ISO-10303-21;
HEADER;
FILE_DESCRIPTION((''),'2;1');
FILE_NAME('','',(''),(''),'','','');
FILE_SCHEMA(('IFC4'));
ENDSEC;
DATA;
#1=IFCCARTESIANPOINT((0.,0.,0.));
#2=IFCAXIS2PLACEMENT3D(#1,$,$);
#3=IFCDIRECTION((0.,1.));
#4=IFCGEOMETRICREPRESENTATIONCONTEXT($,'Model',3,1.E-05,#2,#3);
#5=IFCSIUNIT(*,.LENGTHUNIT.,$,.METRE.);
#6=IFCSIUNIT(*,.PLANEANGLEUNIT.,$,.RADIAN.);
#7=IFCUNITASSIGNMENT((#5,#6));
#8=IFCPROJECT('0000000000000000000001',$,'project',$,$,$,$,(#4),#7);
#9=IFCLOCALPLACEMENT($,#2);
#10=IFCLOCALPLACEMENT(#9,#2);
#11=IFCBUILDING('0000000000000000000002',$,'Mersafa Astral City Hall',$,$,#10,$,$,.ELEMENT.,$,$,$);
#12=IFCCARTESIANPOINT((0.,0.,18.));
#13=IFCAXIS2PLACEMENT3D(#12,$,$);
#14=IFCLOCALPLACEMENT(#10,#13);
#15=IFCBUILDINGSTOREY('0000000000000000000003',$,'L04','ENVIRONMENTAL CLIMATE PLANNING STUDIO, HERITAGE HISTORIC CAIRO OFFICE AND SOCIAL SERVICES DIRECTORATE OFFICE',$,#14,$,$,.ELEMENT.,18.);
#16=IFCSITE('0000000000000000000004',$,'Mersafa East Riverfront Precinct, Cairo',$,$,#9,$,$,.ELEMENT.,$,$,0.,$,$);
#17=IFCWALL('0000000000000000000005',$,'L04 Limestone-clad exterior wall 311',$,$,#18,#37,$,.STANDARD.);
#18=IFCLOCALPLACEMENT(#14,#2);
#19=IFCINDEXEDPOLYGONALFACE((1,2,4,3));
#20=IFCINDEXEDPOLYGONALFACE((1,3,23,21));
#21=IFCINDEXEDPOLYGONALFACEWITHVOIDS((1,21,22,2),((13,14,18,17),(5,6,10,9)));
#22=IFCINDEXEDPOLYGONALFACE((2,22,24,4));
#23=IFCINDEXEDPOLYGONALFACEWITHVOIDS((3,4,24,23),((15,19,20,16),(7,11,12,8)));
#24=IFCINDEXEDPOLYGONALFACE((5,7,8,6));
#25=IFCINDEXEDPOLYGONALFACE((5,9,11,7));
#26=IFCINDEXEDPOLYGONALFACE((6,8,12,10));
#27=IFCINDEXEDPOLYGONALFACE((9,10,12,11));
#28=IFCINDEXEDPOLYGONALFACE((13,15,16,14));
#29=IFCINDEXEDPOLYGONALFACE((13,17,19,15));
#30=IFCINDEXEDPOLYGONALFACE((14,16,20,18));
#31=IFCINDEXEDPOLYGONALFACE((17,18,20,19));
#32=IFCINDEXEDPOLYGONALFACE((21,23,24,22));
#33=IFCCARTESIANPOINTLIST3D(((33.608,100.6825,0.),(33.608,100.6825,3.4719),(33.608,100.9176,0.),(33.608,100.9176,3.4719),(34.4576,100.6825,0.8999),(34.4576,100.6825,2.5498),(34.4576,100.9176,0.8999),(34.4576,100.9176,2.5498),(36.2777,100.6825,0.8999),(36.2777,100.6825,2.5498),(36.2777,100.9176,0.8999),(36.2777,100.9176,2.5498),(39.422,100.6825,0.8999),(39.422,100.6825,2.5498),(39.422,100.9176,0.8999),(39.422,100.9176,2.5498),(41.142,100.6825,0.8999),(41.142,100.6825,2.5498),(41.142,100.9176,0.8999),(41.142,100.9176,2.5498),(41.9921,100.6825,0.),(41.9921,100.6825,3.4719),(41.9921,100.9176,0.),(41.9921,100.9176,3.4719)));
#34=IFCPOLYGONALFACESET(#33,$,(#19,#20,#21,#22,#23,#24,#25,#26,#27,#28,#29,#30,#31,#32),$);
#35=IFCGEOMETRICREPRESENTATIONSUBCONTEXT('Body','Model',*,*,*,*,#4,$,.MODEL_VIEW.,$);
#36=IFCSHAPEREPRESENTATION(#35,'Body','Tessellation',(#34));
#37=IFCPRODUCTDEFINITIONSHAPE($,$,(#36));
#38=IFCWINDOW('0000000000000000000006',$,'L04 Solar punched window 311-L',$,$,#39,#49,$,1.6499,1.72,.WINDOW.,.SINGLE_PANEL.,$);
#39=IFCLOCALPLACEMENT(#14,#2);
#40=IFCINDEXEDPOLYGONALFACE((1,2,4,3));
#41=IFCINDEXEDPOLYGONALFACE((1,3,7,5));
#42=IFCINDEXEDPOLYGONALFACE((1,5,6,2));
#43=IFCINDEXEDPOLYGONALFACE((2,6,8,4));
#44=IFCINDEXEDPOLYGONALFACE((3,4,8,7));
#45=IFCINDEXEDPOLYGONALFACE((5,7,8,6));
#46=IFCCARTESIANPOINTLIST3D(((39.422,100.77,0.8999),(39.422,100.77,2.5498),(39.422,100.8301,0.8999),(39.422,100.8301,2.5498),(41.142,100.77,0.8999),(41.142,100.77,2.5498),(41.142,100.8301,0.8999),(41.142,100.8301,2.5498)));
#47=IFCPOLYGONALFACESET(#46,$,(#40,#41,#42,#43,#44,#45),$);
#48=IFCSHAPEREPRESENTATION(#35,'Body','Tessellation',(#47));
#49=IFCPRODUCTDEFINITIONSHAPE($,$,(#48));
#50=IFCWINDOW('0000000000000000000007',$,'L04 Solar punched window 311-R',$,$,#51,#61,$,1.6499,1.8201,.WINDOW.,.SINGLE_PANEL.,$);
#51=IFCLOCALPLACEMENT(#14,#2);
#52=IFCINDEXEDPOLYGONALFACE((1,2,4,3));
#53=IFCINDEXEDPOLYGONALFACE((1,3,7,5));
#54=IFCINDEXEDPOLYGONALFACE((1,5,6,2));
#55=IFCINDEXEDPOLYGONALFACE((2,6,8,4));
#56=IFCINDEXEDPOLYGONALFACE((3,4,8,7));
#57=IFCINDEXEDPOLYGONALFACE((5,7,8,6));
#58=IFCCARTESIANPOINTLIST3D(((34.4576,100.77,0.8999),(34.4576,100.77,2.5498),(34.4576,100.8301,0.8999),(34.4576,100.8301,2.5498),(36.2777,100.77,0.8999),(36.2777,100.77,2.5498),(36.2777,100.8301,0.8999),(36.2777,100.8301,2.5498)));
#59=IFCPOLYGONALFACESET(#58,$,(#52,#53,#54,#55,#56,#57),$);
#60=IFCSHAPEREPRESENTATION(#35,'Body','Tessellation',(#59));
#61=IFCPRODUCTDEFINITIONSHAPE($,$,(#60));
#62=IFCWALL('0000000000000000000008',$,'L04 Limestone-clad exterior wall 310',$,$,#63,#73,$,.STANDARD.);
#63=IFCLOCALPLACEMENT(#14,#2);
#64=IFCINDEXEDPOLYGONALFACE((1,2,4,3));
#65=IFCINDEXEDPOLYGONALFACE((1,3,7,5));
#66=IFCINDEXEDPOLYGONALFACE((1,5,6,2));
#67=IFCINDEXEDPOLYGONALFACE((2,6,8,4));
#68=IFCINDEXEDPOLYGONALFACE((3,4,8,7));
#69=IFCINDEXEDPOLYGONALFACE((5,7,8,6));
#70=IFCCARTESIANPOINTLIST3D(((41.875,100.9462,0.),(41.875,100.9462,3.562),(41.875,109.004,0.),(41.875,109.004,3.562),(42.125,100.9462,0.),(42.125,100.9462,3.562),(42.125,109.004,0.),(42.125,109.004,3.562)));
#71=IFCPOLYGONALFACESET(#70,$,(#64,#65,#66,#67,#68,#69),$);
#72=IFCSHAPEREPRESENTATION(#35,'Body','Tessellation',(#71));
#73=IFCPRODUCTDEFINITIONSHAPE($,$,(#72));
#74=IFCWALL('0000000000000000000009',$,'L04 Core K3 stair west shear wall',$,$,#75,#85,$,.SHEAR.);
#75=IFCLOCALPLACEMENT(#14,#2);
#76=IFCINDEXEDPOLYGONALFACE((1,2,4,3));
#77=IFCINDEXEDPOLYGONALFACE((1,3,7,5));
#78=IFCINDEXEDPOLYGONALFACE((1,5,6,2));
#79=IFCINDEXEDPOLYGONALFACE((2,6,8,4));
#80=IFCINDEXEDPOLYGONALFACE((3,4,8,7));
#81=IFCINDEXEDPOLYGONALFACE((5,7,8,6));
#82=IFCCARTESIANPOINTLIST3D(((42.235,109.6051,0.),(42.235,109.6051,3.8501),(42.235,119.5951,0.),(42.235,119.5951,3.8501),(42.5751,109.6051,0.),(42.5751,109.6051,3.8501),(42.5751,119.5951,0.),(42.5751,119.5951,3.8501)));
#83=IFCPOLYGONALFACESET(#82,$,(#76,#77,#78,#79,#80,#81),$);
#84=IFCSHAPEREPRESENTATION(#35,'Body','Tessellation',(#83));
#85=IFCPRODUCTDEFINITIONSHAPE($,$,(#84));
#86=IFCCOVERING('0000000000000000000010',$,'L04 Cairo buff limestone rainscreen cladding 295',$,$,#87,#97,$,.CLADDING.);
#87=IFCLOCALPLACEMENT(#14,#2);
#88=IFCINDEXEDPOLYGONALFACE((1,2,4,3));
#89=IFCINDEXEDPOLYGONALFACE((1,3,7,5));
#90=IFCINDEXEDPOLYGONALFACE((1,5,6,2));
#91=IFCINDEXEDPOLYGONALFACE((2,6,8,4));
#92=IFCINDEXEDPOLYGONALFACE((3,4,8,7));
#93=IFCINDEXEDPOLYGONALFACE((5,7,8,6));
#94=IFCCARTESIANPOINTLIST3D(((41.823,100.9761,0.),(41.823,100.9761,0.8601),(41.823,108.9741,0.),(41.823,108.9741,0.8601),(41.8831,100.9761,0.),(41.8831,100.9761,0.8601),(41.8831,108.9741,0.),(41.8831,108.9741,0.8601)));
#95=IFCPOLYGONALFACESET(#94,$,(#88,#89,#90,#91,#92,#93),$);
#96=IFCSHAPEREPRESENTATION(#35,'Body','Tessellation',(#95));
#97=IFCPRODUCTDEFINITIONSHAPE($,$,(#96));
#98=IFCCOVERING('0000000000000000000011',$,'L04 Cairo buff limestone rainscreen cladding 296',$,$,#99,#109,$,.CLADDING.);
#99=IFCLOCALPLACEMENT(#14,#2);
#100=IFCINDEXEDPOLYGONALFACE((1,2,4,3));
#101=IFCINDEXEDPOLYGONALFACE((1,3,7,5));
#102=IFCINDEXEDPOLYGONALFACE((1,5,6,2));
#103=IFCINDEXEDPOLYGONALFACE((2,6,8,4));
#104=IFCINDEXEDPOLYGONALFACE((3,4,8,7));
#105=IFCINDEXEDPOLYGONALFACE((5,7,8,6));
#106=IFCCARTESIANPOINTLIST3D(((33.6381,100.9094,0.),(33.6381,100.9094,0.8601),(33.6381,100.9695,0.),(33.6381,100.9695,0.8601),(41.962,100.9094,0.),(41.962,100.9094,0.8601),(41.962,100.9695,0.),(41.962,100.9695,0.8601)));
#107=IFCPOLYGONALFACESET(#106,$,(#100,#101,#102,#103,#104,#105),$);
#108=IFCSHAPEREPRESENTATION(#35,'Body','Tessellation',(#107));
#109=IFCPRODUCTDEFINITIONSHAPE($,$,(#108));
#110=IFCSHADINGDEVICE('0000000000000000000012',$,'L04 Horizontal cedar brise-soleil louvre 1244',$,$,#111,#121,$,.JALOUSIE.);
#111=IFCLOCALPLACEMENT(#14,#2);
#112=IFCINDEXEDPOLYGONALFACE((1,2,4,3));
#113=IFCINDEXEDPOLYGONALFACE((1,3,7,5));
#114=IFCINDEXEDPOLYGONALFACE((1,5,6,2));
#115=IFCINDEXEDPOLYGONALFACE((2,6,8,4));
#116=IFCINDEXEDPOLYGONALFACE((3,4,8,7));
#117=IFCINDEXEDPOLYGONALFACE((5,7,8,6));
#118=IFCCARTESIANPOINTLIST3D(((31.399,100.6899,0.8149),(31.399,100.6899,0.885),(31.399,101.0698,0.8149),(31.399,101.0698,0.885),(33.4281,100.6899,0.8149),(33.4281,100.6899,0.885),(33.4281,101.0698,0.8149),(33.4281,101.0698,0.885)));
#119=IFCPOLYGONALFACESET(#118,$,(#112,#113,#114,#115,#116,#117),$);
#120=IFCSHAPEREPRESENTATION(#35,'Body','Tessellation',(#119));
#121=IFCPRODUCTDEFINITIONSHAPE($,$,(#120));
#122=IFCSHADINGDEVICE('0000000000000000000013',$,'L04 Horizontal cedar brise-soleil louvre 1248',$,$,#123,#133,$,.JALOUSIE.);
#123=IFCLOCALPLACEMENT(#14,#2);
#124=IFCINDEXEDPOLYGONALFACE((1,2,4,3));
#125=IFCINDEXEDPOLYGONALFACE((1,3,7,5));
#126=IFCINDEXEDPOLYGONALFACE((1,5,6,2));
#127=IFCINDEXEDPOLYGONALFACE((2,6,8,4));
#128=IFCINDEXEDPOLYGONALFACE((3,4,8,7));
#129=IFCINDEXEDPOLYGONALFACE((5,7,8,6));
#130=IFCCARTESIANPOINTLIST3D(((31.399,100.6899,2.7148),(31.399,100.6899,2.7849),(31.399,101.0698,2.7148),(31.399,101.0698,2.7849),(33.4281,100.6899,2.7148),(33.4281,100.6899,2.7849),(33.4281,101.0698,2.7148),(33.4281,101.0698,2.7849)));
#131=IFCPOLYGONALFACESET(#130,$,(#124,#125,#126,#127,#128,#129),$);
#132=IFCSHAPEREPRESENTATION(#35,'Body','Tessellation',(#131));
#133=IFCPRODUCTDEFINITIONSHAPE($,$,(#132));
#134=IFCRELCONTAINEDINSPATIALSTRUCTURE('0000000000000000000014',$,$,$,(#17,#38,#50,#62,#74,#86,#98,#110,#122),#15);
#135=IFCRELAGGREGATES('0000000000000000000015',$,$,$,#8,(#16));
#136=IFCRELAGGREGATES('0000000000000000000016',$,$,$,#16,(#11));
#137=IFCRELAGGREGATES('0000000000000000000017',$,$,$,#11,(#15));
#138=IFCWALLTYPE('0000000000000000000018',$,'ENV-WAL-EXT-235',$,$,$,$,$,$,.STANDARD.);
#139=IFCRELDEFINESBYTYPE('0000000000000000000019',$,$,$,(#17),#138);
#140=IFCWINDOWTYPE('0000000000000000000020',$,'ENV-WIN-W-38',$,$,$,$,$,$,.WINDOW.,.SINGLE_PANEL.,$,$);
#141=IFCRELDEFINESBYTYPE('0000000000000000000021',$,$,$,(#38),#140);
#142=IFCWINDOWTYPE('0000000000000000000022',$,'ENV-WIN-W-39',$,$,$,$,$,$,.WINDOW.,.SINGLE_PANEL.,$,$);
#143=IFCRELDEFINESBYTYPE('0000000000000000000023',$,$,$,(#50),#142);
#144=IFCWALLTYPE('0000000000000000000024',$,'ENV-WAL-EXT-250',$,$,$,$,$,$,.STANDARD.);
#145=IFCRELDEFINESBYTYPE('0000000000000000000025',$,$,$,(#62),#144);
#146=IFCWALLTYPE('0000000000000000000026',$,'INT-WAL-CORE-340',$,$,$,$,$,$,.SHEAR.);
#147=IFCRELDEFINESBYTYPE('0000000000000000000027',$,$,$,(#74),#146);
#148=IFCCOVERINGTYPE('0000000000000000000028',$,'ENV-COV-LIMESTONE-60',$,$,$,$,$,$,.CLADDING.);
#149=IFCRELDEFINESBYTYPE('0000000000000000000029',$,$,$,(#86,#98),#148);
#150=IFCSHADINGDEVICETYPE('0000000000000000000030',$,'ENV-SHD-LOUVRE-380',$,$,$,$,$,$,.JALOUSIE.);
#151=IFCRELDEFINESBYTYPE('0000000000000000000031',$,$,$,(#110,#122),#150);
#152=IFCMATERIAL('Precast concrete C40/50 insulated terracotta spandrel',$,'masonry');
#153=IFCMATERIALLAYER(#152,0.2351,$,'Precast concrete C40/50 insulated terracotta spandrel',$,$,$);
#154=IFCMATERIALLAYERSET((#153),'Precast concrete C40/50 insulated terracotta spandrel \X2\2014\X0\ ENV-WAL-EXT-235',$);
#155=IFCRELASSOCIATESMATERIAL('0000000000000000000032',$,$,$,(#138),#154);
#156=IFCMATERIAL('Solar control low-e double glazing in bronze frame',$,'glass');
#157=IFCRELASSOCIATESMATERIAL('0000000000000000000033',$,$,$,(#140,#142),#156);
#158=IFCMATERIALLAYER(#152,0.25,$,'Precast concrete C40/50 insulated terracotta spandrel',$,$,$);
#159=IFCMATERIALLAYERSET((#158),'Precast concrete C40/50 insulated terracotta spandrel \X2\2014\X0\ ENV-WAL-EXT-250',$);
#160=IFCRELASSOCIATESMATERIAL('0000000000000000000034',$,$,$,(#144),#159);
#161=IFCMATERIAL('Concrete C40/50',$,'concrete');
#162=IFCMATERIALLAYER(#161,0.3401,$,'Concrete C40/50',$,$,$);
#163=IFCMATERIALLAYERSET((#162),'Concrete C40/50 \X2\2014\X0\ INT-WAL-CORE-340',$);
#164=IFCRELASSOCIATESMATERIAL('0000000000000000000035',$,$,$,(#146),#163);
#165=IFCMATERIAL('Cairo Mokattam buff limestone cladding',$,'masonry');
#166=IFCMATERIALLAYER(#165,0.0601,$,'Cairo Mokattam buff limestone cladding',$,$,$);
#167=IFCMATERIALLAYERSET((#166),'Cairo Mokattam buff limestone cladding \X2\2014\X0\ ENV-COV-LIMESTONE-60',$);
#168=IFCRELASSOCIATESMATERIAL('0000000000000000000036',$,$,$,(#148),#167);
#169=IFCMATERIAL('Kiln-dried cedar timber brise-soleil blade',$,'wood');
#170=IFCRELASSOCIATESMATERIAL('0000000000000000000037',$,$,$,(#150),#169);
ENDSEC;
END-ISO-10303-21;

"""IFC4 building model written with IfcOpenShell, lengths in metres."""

from ifc_helpers import new_model, si_unit, direction, frame, frame_2d, origin, origin_2d, place, context, subcontext, project, spatial, rectangle, extrude, material, layer, layer_set, type_object, element, fill, save


model = new_model("IFC4")

# Units and contexts
model_context = context("Model", 3, precision=1e-05, world=origin(), true_north=direction((0.0, 1.0)))
body_context = subcontext(model_context, "Body", "Model", "MODEL_VIEW")
ifc_project = project(units=[si_unit("LENGTHUNIT", "METRE"), si_unit("PLANEANGLEUNIT", "RADIAN")], contexts=[model_context])

# Site, building, storey
site_placement = place(None, origin())
site = spatial("IfcSite", under=ifc_project, at=site_placement, Name="Mersafa East Riverfront Precinct, Cairo", CompositionType="ELEMENT", RefElevation=0.0)
building_placement = place(site_placement, origin())
building = spatial("IfcBuilding", under=site, at=building_placement, Name="Mersafa Astral City Hall", CompositionType="ELEMENT")
storey_placement = place(building_placement, frame((0.0, 0.0, 18.0)))
storey = spatial("IfcBuildingStorey", under=building, at=storey_placement, Name="L04", Description="ENVIRONMENTAL CLIMATE PLANNING STUDIO, HERITAGE HISTORIC CAIRO OFFICE AND SOCIAL SERVICES DIRECTORATE OFFICE", CompositionType="ELEMENT", Elevation=18.0)

# Wall, openings, windows
ifc_material_1 = material(Name="Precast concrete C40/50 insulated terracotta spandrel", Category="masonry")
ifc_layer_1 = layer(ifc_material_1, 0.2351, Name="Precast concrete C40/50 insulated terracotta spandrel")
ifc_layer_set_1 = layer_set([ifc_layer_1], Name="Precast concrete C40/50 insulated terracotta spandrel — ENV-WAL-EXT-235")
wall_type_1 = type_object("IfcWallType", Name="ENV-WAL-EXT-235", PredefinedType="STANDARD", material=ifc_layer_set_1)
wall_1_placement = place(storey_placement, frame((41.9919, 100.8, 0.0), z_axis=(0.0, 0.0, 1.0), x_axis=(-1.0, 0.0, 0.0)))
wall_1 = element("IfcWall", 1, at=wall_1_placement, inside=storey, type_object=wall_type_1, Name="L04 Limestone-clad exterior wall 311", PredefinedType="STANDARD", context=body_context, shape_type="SweptSolid", body=[
    extrude(rectangle(XDim=8.384, YDim=0.2351, at=frame_2d((4.1919, 0.0))), origin(), (0.0, 0.0, 1.0), 3.4719),
])
opening_1_placement = place(wall_1_placement, frame((0.8501, 0.0, 0.8999)))
opening_1 = element("IfcOpeningElement", 2, at=opening_1_placement, cuts=wall_1, PredefinedType="OPENING", context=body_context, shape_type="SweptSolid", body=[
    extrude(rectangle(XDim=1.72, YDim=1.6499, at=frame_2d((0.8599, 0.825))), frame((0.0, 0.1274, 0.0), z_axis=(0.0, -1.0, 0.0), x_axis=(1.0, 0.0, 0.0)), (0.0, 0.0, 1.0), 0.2551),
])
opening_2_placement = place(wall_1_placement, frame((5.7141, 0.0, 0.8999)))
opening_2 = element("IfcOpeningElement", 3, at=opening_2_placement, cuts=wall_1, PredefinedType="OPENING", context=body_context, shape_type="SweptSolid", body=[
    extrude(rectangle(XDim=1.8201, YDim=1.6499, at=frame_2d((0.9102, 0.825))), frame((0.0, 0.1274, 0.0), z_axis=(0.0, -1.0, 0.0), x_axis=(1.0, 0.0, 0.0)), (0.0, 0.0, 1.0), 0.2551),
])
ifc_material_2 = material(Name="Solar control low-e double glazing in bronze frame", Category="glass")
window_type_1 = type_object("IfcWindowType", Name="ENV-WIN-W-38", PartitioningType="SINGLE_PANEL", PredefinedType="WINDOW", material=ifc_material_2)
window_1_placement = place(opening_1_placement, origin())
window_1 = element("IfcWindow", 4, at=window_1_placement, inside=storey, type_object=window_type_1, Name="L04 Solar punched window 311-L", OverallHeight=1.6499, OverallWidth=1.72, PartitioningType="SINGLE_PANEL", PredefinedType="WINDOW", context=body_context, shape_type="SweptSolid", body=[
    extrude(rectangle(XDim=1.72, YDim=1.6499, at=frame_2d((0.8599, 0.825))), frame((0.0, 0.03, 0.0), z_axis=(0.0, -1.0, 0.0), x_axis=(1.0, 0.0, 0.0)), (0.0, 0.0, 1.0), 0.0601),
])
fill(opening_1, window_1)
window_type_2 = type_object("IfcWindowType", Name="ENV-WIN-W-39", PartitioningType="SINGLE_PANEL", PredefinedType="WINDOW", material=ifc_material_2)
window_2_placement = place(opening_2_placement, origin())
window_2 = element("IfcWindow", 5, at=window_2_placement, inside=storey, type_object=window_type_2, Name="L04 Solar punched window 311-R", OverallHeight=1.6499, OverallWidth=1.8201, PartitioningType="SINGLE_PANEL", PredefinedType="WINDOW", context=body_context, shape_type="SweptSolid", body=[
    extrude(rectangle(XDim=1.8201, YDim=1.6499, at=frame_2d((0.9102, 0.825))), frame((0.0, 0.03, 0.0), z_axis=(0.0, -1.0, 0.0), x_axis=(1.0, 0.0, 0.0)), (0.0, 0.0, 1.0), 0.0601),
])
fill(opening_2, window_2)

# Walls
ifc_layer_2 = layer(ifc_material_1, 0.25, Name="Precast concrete C40/50 insulated terracotta spandrel")
ifc_layer_set_2 = layer_set([ifc_layer_2], Name="Precast concrete C40/50 insulated terracotta spandrel — ENV-WAL-EXT-250")
wall_type_2 = type_object("IfcWallType", Name="ENV-WAL-EXT-250", PredefinedType="STANDARD", material=ifc_layer_set_2)
wall_2_placement = place(storey_placement, frame((42.0, 109.0039, 0.0), z_axis=(0.0, 0.0, 1.0), x_axis=(0.0, -1.0, 0.0)))
element("IfcWall", 6, at=wall_2_placement, inside=storey, type_object=wall_type_2, Name="L04 Limestone-clad exterior wall 310", PredefinedType="STANDARD", context=body_context, shape_type="SweptSolid", body=[
    extrude(rectangle(XDim=8.0579, YDim=0.25, at=frame_2d((4.0288, 0.0))), origin(), (0.0, 0.0, 1.0), 3.562),
])
ifc_material_3 = material(Name="Concrete C40/50", Category="concrete")
ifc_layer_3 = layer(ifc_material_3, 0.3401, Name="Concrete C40/50")
ifc_layer_set_3 = layer_set([ifc_layer_3], Name="Concrete C40/50 — INT-WAL-CORE-340")
wall_type_3 = type_object("IfcWallType", Name="INT-WAL-CORE-340", PredefinedType="SHEAR", material=ifc_layer_set_3)
wall_3_placement = place(storey_placement, frame((42.405, 109.605, 0.0), z_axis=(0.0, 0.0, 1.0), x_axis=(0.0, 1.0, 0.0)))
element("IfcWall", 7, at=wall_3_placement, inside=storey, type_object=wall_type_3, Name="L04 Core K3 stair west shear wall", PredefinedType="SHEAR", context=body_context, shape_type="SweptSolid", body=[
    extrude(rectangle(XDim=9.99, YDim=0.3401, at=frame_2d((4.9951, 0.0))), origin(), (0.0, 0.0, 1.0), 3.8501),
])

# Coverings
ifc_material_4 = material(Name="Cairo Mokattam buff limestone cladding", Category="masonry")
ifc_layer_4 = layer(ifc_material_4, 0.0601, Name="Cairo Mokattam buff limestone cladding")
ifc_layer_set_4 = layer_set([ifc_layer_4], Name="Cairo Mokattam buff limestone cladding — ENV-COV-LIMESTONE-60")
covering_type = type_object("IfcCoveringType", Name="ENV-COV-LIMESTONE-60", PredefinedType="CLADDING", material=ifc_layer_set_4)
covering_1_placement = place(storey_placement, frame((41.853, 104.9751, 0.0), z_axis=(0.0, 0.0, 1.0), x_axis=(0.0, -1.0, 0.0)))
element("IfcCovering", 8, at=covering_1_placement, inside=storey, type_object=covering_type, Name="L04 Cairo buff limestone rainscreen cladding 295", PredefinedType="CLADDING", context=body_context, shape_type="SweptSolid", body=[
    extrude(rectangle(XDim=7.998, YDim=0.0601, at=origin_2d()), origin(), (0.0, 0.0, 1.0), 0.8601),
])
covering_2_placement = place(storey_placement, frame((37.8, 100.9395, 0.0), z_axis=(0.0, 0.0, 1.0), x_axis=(-1.0, 0.0, 0.0)))
element("IfcCovering", 9, at=covering_2_placement, inside=storey, type_object=covering_type, Name="L04 Cairo buff limestone rainscreen cladding 296", PredefinedType="CLADDING", context=body_context, shape_type="SweptSolid", body=[
    extrude(rectangle(XDim=8.324, YDim=0.0601, at=origin_2d()), origin(), (0.0, 0.0, 1.0), 0.8601),
])

# Shading devices
ifc_material_5 = material(Name="Kiln-dried cedar timber brise-soleil blade", Category="wood")
shading_device_type = type_object("IfcShadingDeviceType", Name="ENV-SHD-LOUVRE-380", PredefinedType="JALOUSIE", material=ifc_material_5)
for number, where, z_axis, x_axis, name in (
    (10, (32.4136, 100.8799, 0.8149), (0.0, 0.0, 1.0), (-1.0, 0.0, 0.0), "L04 Horizontal cedar brise-soleil louvre 1244"),
    (11, (32.4136, 100.8799, 2.7148), (0.0, 0.0, 1.0), (-1.0, 0.0, 0.0), "L04 Horizontal cedar brise-soleil louvre 1248"),
):
    element("IfcShadingDevice", number, at=place(storey_placement, frame(where, z_axis=z_axis, x_axis=x_axis)), inside=storey, type_object=shading_device_type, Name=name, PredefinedType="JALOUSIE", context=body_context, shape_type="SweptSolid", body=[
        extrude(rectangle(XDim=2.0291, YDim=0.3799, at=origin_2d()), origin(), (0.0, 0.0, 1.0), 0.0701),
    ])

save(model, "model.ifc")
